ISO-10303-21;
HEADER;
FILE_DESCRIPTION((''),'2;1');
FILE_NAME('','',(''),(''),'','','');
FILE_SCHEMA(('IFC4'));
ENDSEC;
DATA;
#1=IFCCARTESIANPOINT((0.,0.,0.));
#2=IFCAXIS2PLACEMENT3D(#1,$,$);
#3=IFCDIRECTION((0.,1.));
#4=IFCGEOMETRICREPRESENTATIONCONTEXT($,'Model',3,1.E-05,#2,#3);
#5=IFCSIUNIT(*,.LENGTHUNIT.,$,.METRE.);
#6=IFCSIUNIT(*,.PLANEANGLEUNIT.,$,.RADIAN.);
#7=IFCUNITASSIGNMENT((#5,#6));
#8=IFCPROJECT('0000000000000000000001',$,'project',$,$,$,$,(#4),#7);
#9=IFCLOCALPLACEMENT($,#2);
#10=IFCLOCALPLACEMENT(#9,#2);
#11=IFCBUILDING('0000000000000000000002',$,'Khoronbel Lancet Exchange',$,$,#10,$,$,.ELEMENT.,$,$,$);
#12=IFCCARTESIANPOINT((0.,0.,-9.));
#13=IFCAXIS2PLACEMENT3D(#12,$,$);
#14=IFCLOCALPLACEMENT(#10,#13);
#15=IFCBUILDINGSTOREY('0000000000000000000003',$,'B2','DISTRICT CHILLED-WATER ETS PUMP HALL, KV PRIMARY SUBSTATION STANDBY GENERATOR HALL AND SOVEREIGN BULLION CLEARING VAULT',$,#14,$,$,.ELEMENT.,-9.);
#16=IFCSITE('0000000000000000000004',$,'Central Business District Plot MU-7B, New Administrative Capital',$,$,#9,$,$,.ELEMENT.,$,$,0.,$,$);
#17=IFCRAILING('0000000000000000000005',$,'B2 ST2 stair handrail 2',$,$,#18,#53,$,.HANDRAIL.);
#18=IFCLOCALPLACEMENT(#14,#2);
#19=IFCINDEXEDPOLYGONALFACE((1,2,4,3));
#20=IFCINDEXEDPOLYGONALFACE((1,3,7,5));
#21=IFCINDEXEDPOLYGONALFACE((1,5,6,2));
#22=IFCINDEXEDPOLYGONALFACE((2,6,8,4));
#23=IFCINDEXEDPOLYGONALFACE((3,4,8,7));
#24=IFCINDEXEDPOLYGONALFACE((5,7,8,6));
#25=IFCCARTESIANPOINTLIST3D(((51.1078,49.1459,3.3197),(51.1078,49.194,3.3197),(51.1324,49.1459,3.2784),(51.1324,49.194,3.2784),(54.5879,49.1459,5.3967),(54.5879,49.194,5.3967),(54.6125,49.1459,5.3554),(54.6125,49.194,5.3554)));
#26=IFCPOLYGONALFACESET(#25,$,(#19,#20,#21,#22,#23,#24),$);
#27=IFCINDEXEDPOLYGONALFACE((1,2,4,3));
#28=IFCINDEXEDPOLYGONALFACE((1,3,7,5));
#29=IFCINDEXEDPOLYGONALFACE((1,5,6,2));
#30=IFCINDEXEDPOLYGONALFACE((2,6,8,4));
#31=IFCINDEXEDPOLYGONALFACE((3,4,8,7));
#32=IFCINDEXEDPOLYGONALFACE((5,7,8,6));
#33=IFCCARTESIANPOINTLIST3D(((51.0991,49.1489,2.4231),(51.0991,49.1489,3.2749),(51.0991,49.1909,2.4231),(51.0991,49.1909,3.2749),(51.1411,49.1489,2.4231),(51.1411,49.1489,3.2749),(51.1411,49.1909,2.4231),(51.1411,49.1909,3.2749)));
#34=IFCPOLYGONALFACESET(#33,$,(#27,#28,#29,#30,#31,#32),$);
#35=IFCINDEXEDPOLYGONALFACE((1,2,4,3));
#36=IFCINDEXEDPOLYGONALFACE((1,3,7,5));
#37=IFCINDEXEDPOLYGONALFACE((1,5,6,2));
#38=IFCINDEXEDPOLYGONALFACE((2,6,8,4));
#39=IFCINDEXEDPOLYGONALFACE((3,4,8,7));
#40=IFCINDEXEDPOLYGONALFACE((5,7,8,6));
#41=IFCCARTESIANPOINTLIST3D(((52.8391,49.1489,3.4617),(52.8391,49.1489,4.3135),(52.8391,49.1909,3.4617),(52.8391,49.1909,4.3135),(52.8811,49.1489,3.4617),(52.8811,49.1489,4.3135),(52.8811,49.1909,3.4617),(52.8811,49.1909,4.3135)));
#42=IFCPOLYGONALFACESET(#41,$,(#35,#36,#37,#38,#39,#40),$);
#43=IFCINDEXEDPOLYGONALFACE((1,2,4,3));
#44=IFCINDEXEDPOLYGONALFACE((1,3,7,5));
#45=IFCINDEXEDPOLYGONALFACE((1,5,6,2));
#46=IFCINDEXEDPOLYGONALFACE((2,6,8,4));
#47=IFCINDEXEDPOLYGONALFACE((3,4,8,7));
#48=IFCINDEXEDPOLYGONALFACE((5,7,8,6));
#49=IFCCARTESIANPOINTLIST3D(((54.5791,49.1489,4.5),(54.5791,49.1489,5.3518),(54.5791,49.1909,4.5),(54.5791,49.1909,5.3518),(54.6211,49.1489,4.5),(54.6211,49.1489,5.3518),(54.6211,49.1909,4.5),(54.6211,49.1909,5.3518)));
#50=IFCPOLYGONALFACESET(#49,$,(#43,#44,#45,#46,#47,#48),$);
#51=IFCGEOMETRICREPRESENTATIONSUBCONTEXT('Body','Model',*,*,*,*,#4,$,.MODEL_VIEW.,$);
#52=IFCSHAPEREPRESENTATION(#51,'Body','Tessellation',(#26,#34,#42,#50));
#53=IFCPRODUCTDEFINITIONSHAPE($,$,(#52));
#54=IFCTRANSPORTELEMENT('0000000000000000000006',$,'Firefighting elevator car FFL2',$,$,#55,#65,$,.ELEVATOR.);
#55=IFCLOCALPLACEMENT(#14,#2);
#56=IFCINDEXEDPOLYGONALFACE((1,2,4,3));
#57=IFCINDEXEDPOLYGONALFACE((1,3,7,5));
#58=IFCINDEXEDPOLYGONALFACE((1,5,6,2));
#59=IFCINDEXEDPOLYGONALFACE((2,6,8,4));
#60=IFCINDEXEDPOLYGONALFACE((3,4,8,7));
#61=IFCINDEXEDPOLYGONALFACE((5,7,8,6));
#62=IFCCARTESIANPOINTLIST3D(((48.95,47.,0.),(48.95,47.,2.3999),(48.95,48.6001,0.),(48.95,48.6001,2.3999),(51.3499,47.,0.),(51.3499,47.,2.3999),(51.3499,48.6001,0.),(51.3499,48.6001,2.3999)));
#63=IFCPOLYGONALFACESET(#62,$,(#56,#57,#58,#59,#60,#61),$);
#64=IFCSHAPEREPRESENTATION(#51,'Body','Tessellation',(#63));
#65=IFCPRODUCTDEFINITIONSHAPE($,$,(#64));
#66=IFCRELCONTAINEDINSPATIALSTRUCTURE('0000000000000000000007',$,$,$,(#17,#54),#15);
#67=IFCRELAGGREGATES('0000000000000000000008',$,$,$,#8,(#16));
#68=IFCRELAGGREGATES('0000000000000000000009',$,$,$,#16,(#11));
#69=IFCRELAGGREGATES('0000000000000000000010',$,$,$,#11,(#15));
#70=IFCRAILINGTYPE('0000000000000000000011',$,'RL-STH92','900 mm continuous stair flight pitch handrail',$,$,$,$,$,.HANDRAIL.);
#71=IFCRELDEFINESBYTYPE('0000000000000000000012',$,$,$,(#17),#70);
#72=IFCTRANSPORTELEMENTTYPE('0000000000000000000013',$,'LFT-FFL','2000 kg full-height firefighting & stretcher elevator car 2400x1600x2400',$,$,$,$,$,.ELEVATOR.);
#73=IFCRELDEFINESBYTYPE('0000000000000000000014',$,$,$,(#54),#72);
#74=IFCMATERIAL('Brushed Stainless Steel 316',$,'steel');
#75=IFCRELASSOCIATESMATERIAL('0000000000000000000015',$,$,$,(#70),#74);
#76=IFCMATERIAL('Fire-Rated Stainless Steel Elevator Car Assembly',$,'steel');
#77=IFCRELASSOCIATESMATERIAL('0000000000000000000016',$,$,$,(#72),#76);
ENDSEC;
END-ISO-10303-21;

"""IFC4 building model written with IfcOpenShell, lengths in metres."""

from ifc_helpers import new_model, si_unit, direction, frame, origin, origin_2d, place, context, subcontext, project, spatial, rectangle, extrude, material, type_object, element, save


model = new_model("IFC4")

# Units and contexts
model_context = context("Model", 3, precision=1e-05, world=origin(), true_north=direction((0.0, 1.0)))
body_context = subcontext(model_context, "Body", "Model", "MODEL_VIEW")
ifc_project = project(units=[si_unit("LENGTHUNIT", "METRE"), si_unit("PLANEANGLEUNIT", "RADIAN")], contexts=[model_context])

# Site, building, storey
site_placement = place(None, origin())
site = spatial("IfcSite", under=ifc_project, at=site_placement, Name="Central Business District Plot MU-7B, New Administrative Capital", CompositionType="ELEMENT", RefElevation=0.0)
building_placement = place(site_placement, origin())
building = spatial("IfcBuilding", under=site, at=building_placement, Name="Khoronbel Lancet Exchange", CompositionType="ELEMENT")
storey_placement = place(building_placement, frame((0.0, 0.0, -9.0)))
storey = spatial("IfcBuildingStorey", under=building, at=storey_placement, Name="B2", Description="DISTRICT CHILLED-WATER ETS PUMP HALL, KV PRIMARY SUBSTATION STANDBY GENERATOR HALL AND SOVEREIGN BULLION CLEARING VAULT", CompositionType="ELEMENT", Elevation=-9.0)

# Railing
ifc_material_1 = material(Name="Brushed Stainless Steel 316", Category="steel")
railing_type_1 = type_object("IfcRailingType", Name="RL-STH92", Description="900 mm continuous stair flight pitch handrail", PredefinedType="HANDRAIL", material=ifc_material_1)
railing_1_placement = place(storey_placement, frame((51.1201, 49.1699, 2.4231)))
element("IfcRailing", 1, at=railing_1_placement, inside=storey, type_object=railing_type_1, Name="B2 ST2 stair handrail 2", PredefinedType="HANDRAIL", context=body_context, shape_type="SweptSolid", body=[
    extrude(rectangle(XDim=0.0481, YDim=0.0481, at=origin_2d()), frame((0.0, 0.0, 0.876), z_axis=(0.858697, 0.0, 0.512483), x_axis=(0.0, 1.0, 0.0)), (0.0, 0.0, 1.0), 4.0527),
    extrude(rectangle(XDim=0.042, YDim=0.042, at=origin_2d()), origin(), (0.0, 0.0, 1.0), 0.8518),
    extrude(rectangle(XDim=0.042, YDim=0.042, at=origin_2d()), frame((1.74, 0.0, 1.0386)), (0.0, 0.0, 1.0), 0.8518),
    extrude(rectangle(XDim=0.042, YDim=0.042, at=origin_2d()), frame((3.48, 0.0, 2.0769)), (0.0, 0.0, 1.0), 0.8518),
])

# Transport element
ifc_material_2 = material(Name="Fire-Rated Stainless Steel Elevator Car Assembly", Category="steel")
transport_element_type = type_object("IfcTransportElementType", Name="LFT-FFL", Description="2000 kg full-height firefighting & stretcher elevator car 2400x1600x2400", PredefinedType="ELEVATOR", material=ifc_material_2)
transport_element_placement = place(storey_placement, frame((50.1499, 47.8, 0.0), z_axis=(0.0, 0.0, 1.0), x_axis=(1.0, 0.0, 0.0)))
element("IfcTransportElement", 2, at=transport_element_placement, inside=storey, type_object=transport_element_type, Name="Firefighting elevator car FFL2", PredefinedType="ELEVATOR", context=body_context, shape_type="SweptSolid", body=[
    extrude(rectangle(XDim=2.3999, YDim=1.6001, at=origin_2d()), origin(), (0.0, 0.0, 1.0), 2.3999),
])

save(model, "model.ifc")
